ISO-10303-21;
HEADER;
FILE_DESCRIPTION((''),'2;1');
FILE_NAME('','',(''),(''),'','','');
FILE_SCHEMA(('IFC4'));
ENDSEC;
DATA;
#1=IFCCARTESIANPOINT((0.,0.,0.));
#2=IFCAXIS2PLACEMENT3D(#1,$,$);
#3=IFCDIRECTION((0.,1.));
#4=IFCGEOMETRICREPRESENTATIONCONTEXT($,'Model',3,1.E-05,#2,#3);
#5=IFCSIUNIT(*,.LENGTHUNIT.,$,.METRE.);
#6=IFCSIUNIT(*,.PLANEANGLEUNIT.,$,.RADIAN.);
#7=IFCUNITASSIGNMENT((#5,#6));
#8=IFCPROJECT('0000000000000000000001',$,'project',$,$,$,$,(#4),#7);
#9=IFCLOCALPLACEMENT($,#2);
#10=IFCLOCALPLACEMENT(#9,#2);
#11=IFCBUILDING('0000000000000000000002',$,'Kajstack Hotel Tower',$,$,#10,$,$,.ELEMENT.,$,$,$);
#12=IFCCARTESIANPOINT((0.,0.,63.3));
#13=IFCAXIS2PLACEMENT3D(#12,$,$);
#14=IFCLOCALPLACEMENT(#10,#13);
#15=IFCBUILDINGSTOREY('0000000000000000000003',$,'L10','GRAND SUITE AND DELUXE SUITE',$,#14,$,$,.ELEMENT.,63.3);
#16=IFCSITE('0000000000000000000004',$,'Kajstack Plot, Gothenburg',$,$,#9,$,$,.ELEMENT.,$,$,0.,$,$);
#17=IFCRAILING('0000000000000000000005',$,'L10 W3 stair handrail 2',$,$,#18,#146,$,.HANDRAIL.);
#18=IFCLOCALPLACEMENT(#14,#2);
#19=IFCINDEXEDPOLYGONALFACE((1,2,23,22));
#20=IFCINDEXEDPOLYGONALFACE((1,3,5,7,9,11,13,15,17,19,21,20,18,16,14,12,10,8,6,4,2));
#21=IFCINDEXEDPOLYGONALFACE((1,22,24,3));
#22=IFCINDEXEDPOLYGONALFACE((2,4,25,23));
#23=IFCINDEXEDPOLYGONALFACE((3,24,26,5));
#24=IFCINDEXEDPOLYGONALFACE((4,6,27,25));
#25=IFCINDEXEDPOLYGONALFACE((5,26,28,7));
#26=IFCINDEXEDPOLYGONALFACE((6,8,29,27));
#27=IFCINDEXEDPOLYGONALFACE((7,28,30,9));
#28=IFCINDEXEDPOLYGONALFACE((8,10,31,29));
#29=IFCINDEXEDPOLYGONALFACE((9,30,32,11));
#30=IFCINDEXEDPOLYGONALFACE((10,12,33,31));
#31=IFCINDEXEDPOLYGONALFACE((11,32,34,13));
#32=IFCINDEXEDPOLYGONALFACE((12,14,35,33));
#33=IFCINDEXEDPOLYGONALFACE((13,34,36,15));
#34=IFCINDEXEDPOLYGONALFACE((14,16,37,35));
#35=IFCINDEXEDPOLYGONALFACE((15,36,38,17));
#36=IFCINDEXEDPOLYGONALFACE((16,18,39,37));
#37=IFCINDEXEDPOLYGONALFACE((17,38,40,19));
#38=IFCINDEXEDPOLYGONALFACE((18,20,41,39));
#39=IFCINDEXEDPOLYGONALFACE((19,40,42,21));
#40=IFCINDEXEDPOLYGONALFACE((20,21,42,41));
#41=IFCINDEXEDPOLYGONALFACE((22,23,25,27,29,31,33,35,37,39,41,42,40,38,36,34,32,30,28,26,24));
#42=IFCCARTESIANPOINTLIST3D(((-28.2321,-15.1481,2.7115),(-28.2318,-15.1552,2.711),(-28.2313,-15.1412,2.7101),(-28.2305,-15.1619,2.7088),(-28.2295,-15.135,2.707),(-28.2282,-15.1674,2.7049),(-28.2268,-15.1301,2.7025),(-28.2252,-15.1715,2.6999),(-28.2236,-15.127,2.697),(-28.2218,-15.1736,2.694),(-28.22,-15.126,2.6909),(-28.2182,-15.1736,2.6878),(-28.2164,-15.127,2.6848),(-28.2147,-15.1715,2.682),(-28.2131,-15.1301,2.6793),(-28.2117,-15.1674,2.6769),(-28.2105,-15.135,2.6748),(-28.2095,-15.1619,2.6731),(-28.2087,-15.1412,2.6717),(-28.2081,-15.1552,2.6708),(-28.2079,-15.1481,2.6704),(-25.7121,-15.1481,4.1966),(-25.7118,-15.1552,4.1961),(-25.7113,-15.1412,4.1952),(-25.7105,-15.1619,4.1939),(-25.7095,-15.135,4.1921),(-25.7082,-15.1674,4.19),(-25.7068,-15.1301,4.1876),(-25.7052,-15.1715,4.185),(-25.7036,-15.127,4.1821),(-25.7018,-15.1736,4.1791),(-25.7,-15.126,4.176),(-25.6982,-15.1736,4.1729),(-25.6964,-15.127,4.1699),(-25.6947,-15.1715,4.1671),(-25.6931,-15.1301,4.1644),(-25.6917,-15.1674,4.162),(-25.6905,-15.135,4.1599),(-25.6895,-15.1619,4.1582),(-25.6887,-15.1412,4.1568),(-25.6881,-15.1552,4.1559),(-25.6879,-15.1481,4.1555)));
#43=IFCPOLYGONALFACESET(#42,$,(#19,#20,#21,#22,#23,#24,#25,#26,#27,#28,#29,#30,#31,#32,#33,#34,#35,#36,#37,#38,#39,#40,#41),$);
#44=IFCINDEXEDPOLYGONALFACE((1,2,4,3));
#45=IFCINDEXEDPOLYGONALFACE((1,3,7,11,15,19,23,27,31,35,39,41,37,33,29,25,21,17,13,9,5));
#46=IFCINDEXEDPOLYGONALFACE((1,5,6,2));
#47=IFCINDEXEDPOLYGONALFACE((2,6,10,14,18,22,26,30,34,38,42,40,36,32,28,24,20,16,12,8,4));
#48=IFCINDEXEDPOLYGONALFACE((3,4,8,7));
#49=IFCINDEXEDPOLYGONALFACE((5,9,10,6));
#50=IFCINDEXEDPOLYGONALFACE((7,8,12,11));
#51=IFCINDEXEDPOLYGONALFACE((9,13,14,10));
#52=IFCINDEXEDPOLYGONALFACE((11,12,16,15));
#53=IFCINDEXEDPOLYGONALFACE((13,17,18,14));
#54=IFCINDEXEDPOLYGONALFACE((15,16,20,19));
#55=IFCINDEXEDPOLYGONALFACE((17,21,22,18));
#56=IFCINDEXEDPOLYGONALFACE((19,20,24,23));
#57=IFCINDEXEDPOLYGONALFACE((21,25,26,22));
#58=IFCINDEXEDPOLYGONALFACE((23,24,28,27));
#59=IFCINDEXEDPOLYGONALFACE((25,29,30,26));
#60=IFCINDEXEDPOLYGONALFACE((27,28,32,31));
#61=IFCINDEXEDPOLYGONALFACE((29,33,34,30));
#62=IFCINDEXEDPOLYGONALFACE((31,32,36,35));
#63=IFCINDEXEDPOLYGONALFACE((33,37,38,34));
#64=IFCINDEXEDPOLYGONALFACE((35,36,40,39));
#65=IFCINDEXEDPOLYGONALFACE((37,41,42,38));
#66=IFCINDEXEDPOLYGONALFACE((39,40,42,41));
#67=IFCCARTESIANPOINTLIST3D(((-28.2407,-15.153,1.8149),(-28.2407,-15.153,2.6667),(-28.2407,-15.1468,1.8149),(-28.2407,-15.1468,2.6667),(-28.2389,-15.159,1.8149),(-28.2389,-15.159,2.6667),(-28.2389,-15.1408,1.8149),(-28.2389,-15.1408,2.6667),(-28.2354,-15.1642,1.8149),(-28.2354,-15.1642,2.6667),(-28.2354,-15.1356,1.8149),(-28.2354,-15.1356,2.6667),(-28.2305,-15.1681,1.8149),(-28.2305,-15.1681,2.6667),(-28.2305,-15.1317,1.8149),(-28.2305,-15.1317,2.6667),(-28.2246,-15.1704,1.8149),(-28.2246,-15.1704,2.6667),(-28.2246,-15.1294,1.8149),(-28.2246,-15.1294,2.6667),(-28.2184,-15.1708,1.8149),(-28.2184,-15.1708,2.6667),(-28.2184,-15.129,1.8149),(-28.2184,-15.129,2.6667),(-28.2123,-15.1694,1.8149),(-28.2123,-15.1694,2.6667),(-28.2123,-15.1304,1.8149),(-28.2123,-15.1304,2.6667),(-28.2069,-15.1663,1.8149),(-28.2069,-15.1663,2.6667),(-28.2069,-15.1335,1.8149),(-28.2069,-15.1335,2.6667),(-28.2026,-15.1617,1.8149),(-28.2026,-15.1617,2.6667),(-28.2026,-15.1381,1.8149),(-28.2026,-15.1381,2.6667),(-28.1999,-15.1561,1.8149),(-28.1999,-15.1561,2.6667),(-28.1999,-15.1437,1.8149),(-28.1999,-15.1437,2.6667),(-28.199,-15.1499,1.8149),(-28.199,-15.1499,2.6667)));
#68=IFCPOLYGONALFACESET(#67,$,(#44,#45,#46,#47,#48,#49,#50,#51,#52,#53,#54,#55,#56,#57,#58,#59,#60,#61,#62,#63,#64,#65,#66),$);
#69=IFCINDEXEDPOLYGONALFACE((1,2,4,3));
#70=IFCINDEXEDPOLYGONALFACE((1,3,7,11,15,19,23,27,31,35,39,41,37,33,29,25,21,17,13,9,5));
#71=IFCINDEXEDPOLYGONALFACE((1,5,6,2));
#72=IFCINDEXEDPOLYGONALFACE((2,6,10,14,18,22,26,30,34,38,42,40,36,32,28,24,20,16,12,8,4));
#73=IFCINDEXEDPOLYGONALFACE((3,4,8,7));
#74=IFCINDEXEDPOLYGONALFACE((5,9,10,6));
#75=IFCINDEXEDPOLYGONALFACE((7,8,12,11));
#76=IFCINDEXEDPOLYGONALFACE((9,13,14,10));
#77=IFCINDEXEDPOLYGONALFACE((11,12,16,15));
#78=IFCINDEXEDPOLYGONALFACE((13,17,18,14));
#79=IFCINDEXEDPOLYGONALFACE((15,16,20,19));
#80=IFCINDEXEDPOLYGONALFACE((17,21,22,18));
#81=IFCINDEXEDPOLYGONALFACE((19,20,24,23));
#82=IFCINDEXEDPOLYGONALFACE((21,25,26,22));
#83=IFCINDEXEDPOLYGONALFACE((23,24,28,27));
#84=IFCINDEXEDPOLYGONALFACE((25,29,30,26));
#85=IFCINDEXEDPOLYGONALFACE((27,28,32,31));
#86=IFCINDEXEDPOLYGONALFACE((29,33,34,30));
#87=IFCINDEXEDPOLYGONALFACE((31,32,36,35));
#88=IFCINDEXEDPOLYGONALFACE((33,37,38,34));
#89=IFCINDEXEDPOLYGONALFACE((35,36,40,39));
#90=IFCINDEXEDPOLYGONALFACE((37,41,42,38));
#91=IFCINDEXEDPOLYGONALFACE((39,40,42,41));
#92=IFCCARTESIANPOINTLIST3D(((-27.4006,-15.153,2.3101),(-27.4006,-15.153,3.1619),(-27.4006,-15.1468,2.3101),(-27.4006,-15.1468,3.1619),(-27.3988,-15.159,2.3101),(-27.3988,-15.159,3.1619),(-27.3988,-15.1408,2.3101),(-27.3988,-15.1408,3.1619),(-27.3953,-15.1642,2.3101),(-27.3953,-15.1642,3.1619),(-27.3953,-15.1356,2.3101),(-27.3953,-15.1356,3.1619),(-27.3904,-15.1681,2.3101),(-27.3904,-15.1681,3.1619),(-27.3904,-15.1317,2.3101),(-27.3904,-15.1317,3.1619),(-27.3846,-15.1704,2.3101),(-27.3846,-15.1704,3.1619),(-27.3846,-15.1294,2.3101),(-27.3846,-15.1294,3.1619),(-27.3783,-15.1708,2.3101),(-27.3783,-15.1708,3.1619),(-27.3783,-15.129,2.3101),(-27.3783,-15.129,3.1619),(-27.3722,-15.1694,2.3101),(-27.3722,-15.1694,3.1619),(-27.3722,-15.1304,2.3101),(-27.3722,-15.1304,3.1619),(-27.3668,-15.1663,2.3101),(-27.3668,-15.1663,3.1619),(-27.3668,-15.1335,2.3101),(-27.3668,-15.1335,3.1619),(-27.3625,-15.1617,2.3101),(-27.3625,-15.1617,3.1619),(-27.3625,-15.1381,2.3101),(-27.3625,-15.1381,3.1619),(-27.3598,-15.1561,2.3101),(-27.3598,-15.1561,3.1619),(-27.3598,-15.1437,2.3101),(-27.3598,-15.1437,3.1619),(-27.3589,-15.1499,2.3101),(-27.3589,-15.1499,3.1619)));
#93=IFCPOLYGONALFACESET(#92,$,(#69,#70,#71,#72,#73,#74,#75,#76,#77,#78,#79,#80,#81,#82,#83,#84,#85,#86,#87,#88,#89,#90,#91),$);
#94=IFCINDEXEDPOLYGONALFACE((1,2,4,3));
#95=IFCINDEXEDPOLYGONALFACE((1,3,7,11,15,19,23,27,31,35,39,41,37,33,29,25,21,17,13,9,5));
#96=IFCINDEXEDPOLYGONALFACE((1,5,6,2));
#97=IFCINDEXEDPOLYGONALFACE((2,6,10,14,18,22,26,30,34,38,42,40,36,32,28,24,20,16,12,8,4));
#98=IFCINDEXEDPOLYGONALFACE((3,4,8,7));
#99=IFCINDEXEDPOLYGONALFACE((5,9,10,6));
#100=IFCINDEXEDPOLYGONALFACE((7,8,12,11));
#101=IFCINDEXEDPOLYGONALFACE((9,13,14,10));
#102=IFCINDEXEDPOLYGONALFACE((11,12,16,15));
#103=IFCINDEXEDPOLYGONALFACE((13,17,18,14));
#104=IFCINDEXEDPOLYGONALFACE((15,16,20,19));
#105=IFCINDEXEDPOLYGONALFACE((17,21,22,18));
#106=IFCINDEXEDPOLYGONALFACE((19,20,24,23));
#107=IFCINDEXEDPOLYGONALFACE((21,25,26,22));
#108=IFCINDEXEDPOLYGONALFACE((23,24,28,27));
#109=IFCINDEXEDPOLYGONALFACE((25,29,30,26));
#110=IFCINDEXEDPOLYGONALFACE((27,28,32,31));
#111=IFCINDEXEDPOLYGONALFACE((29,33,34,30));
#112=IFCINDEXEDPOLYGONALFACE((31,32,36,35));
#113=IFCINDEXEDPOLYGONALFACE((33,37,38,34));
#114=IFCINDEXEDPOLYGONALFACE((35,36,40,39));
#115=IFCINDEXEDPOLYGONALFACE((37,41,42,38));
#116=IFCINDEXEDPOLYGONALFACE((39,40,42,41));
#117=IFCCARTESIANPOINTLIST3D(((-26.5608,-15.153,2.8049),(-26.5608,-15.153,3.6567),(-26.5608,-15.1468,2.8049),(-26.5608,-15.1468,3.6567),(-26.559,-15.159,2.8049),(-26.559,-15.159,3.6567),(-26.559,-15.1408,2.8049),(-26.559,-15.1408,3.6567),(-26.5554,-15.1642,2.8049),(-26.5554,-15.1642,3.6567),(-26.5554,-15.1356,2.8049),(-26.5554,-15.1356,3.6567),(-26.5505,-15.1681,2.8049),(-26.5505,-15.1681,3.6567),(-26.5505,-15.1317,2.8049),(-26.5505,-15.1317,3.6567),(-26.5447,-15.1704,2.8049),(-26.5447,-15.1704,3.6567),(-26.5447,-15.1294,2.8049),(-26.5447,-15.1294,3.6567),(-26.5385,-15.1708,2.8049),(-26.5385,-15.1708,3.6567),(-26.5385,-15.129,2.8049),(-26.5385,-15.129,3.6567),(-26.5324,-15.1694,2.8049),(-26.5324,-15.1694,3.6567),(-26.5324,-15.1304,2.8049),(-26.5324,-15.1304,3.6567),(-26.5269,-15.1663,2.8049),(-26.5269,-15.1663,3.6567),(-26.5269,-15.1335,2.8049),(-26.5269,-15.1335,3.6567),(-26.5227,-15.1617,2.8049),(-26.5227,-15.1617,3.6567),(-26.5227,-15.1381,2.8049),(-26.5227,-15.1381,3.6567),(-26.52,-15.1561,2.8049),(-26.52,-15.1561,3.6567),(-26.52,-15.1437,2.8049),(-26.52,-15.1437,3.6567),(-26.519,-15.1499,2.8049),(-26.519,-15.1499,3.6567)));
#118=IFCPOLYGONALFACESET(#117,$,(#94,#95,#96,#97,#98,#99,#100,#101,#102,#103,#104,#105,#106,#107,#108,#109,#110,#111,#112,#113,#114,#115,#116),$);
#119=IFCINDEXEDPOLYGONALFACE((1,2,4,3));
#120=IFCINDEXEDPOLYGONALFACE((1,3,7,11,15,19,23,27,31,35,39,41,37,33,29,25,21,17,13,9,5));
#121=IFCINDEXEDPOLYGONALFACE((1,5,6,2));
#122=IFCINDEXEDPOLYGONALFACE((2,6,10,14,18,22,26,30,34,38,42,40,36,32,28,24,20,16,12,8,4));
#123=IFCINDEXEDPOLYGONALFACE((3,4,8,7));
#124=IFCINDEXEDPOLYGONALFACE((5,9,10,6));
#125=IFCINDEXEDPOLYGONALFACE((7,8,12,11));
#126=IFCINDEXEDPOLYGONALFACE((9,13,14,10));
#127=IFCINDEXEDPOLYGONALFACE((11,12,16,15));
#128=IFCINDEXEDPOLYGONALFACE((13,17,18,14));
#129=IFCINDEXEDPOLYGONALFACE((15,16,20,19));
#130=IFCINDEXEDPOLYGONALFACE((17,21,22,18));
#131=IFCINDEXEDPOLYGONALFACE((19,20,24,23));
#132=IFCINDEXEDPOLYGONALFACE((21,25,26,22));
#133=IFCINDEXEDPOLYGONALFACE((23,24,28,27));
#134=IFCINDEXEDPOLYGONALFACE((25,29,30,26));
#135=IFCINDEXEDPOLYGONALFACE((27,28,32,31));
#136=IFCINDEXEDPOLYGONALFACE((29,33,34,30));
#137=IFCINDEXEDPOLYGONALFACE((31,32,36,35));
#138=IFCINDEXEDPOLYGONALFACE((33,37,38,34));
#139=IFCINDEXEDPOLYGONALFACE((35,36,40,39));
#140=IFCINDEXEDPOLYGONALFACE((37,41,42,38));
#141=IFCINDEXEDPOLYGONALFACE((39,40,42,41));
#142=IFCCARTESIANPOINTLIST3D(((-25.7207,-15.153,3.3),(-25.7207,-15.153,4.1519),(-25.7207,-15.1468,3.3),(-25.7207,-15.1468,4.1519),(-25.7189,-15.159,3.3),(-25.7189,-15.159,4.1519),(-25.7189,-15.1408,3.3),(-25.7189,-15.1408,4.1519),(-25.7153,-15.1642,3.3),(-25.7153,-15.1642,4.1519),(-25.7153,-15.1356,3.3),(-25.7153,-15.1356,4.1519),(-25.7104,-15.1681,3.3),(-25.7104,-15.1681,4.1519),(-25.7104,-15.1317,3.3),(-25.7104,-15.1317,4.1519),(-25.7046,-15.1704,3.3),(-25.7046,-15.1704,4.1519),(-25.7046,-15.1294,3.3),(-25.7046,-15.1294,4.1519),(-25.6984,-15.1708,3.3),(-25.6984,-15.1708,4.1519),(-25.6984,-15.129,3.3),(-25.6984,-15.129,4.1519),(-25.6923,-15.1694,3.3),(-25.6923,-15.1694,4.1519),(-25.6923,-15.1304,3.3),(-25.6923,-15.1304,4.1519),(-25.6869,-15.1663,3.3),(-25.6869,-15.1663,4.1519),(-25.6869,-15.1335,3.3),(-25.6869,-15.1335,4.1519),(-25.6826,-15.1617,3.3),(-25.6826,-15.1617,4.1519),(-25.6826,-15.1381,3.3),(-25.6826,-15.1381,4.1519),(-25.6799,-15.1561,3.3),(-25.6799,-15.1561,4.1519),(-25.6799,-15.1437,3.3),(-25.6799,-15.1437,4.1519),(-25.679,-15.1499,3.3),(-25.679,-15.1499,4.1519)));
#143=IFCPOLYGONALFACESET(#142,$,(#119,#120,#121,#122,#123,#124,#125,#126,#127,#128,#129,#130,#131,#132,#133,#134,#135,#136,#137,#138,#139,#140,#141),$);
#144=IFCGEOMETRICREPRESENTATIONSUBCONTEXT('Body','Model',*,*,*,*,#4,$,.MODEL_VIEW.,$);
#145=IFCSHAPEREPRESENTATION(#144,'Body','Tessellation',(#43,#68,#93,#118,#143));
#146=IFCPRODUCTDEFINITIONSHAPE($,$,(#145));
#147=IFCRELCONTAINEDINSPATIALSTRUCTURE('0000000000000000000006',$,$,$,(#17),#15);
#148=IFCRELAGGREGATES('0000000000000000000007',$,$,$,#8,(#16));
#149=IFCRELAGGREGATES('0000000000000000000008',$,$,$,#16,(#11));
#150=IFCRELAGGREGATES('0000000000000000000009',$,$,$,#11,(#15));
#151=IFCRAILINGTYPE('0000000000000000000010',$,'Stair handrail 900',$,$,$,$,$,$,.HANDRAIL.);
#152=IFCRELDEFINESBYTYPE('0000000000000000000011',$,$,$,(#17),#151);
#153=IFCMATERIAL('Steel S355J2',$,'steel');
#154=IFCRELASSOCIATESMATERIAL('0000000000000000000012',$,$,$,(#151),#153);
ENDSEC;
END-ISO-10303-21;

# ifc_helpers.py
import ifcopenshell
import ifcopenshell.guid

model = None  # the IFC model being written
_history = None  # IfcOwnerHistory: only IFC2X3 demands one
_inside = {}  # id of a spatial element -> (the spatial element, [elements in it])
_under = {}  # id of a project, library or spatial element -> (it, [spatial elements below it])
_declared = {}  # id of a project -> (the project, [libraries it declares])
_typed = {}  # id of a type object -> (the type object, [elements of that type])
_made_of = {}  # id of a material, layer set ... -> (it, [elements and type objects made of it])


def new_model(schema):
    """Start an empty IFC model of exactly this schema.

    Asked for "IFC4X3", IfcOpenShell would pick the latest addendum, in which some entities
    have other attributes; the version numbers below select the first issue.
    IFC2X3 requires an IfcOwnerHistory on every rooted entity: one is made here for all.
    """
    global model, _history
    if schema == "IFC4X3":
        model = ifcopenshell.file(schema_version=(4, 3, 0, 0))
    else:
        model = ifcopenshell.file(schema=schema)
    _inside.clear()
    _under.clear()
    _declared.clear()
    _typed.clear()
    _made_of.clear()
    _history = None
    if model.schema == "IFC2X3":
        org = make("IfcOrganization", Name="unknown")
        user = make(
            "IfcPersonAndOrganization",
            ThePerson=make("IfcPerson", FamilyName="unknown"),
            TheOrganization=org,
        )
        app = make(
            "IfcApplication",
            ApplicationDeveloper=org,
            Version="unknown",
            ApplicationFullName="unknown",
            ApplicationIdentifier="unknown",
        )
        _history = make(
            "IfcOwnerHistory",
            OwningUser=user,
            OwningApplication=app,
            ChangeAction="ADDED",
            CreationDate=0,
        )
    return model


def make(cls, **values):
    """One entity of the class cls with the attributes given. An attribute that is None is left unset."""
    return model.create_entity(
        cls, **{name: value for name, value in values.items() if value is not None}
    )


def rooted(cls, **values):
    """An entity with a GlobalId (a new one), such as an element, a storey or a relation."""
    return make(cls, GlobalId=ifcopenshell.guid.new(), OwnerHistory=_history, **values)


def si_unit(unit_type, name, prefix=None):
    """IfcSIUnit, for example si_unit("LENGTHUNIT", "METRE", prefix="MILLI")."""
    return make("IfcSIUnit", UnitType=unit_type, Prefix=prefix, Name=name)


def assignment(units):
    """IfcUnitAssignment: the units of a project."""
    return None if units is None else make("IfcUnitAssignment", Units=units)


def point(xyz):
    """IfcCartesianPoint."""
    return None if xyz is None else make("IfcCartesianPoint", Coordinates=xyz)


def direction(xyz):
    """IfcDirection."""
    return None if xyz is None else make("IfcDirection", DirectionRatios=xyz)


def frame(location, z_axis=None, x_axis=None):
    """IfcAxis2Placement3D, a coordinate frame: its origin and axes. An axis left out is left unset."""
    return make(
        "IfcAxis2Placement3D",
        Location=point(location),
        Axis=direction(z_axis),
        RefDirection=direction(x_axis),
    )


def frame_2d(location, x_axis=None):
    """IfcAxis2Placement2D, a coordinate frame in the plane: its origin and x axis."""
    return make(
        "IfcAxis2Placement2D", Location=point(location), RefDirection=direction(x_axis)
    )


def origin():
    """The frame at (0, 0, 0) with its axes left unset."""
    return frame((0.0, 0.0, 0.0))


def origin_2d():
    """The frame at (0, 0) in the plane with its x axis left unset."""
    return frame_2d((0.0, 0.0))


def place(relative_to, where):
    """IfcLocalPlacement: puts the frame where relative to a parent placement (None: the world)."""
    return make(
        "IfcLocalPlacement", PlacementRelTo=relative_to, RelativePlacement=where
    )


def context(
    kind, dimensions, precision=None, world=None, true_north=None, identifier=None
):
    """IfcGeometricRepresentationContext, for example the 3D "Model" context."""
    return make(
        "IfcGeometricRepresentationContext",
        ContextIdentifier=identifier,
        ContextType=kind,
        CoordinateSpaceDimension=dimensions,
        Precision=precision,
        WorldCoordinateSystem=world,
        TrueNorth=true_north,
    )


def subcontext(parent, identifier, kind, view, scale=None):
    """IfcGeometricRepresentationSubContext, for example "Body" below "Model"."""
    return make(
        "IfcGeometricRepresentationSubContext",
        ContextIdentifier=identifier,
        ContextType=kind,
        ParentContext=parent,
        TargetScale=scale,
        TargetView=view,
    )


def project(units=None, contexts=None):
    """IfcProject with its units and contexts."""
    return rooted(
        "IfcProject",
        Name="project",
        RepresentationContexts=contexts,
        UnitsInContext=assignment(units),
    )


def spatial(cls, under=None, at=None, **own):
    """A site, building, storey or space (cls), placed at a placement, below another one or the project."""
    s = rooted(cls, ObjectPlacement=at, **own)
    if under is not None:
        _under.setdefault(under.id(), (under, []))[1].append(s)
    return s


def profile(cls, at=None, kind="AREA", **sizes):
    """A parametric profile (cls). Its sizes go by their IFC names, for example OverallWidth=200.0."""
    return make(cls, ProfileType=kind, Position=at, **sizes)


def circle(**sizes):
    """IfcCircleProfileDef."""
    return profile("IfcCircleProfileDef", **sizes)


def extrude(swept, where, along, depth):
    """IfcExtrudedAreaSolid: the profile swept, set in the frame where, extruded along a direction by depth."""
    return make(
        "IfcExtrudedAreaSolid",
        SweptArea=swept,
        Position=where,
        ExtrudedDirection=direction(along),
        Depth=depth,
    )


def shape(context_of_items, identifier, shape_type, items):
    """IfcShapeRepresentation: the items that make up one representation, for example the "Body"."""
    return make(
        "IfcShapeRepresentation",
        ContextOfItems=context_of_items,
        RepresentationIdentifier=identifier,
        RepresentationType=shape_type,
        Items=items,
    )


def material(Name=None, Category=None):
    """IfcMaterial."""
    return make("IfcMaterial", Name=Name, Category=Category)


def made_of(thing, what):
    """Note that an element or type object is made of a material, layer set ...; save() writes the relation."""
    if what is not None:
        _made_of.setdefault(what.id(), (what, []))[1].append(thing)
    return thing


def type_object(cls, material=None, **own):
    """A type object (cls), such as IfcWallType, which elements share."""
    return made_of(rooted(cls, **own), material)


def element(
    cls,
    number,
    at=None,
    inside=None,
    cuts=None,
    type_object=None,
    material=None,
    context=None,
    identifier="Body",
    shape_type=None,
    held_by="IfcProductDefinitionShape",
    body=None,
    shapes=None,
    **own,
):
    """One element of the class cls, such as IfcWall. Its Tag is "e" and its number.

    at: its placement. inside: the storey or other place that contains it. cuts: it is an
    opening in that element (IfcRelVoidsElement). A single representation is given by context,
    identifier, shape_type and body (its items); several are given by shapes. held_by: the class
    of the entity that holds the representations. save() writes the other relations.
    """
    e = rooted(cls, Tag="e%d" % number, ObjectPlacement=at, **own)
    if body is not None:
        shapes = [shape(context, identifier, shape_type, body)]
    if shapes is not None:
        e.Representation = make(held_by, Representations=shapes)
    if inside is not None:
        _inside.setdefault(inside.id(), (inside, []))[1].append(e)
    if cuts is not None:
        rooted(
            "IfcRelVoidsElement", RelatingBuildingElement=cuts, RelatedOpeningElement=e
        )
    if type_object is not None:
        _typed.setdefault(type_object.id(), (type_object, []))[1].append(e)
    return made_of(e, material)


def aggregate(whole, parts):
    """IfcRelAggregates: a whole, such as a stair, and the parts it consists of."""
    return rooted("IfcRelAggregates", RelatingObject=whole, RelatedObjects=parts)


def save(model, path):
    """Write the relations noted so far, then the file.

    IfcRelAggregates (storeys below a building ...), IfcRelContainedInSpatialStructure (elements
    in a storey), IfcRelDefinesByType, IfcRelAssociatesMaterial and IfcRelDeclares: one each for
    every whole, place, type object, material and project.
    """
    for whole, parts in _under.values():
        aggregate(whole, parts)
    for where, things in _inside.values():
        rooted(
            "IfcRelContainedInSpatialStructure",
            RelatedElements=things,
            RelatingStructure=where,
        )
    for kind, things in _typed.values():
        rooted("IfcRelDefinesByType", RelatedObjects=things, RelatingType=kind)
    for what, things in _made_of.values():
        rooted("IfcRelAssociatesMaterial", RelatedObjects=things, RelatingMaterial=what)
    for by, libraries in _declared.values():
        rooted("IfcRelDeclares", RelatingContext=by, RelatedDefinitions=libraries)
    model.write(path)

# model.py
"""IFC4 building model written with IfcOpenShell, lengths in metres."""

from ifc_helpers import new_model, si_unit, direction, frame, origin, origin_2d, place, context, subcontext, project, spatial, circle, extrude, material, type_object, element, save


model = new_model("IFC4")

# Units and contexts
model_context = context("Model", 3, precision=1e-05, world=origin(), true_north=direction((0.0, 1.0)))
body_context = subcontext(model_context, "Body", "Model", "MODEL_VIEW")
ifc_project = project(units=[si_unit("LENGTHUNIT", "METRE"), si_unit("PLANEANGLEUNIT", "RADIAN")], contexts=[model_context])

# Site, building, storey
site_placement = place(None, origin())
site = spatial("IfcSite", under=ifc_project, at=site_placement, Name="Kajstack Plot, Gothenburg", CompositionType="ELEMENT", RefElevation=0.0)
building_placement = place(site_placement, origin())
building = spatial("IfcBuilding", under=site, at=building_placement, Name="Kajstack Hotel Tower", CompositionType="ELEMENT")
storey_placement = place(building_placement, frame((0.0, 0.0, 63.3)))
storey = spatial("IfcBuildingStorey", under=building, at=storey_placement, Name="L10", Description="GRAND SUITE AND DELUXE SUITE", CompositionType="ELEMENT", Elevation=63.3)

# Railing
ifc_material_1 = material(Name="Steel S355J2", Category="steel")
railing_type_1 = type_object("IfcRailingType", Name="Stair handrail 900", PredefinedType="HANDRAIL", material=ifc_material_1)
railing_1_placement = place(storey_placement, frame((-28.22, -15.1499, 1.8149)))
element("IfcRailing", 1, at=railing_1_placement, inside=storey, type_object=railing_type_1, Name="L10 W3 stair handrail 2", PredefinedType="HANDRAIL", context=body_context, shape_type="SweptSolid", body=[
    extrude(circle(Radius=0.0239, at=origin_2d()), frame((0.0, 0.0, 0.876), z_axis=(0.861524, 0.0, 0.507717), x_axis=(0.0, 1.0, 0.0)), (0.0, 0.0, 1.0), 2.925),
    extrude(circle(Radius=0.021, at=origin_2d()), origin(), (0.0, 0.0, 1.0), 0.8518),
    extrude(circle(Radius=0.021, at=origin_2d()), frame((0.8401, 0.0, 0.4951)), (0.0, 0.0, 1.0), 0.8518),
    extrude(circle(Radius=0.021, at=origin_2d()), frame((1.6799, 0.0, 0.99)), (0.0, 0.0, 1.0), 0.8518),
    extrude(circle(Radius=0.021, at=origin_2d()), frame((2.52, 0.0, 1.4851)), (0.0, 0.0, 1.0), 0.8518),
])

save(model, "model.ifc")
